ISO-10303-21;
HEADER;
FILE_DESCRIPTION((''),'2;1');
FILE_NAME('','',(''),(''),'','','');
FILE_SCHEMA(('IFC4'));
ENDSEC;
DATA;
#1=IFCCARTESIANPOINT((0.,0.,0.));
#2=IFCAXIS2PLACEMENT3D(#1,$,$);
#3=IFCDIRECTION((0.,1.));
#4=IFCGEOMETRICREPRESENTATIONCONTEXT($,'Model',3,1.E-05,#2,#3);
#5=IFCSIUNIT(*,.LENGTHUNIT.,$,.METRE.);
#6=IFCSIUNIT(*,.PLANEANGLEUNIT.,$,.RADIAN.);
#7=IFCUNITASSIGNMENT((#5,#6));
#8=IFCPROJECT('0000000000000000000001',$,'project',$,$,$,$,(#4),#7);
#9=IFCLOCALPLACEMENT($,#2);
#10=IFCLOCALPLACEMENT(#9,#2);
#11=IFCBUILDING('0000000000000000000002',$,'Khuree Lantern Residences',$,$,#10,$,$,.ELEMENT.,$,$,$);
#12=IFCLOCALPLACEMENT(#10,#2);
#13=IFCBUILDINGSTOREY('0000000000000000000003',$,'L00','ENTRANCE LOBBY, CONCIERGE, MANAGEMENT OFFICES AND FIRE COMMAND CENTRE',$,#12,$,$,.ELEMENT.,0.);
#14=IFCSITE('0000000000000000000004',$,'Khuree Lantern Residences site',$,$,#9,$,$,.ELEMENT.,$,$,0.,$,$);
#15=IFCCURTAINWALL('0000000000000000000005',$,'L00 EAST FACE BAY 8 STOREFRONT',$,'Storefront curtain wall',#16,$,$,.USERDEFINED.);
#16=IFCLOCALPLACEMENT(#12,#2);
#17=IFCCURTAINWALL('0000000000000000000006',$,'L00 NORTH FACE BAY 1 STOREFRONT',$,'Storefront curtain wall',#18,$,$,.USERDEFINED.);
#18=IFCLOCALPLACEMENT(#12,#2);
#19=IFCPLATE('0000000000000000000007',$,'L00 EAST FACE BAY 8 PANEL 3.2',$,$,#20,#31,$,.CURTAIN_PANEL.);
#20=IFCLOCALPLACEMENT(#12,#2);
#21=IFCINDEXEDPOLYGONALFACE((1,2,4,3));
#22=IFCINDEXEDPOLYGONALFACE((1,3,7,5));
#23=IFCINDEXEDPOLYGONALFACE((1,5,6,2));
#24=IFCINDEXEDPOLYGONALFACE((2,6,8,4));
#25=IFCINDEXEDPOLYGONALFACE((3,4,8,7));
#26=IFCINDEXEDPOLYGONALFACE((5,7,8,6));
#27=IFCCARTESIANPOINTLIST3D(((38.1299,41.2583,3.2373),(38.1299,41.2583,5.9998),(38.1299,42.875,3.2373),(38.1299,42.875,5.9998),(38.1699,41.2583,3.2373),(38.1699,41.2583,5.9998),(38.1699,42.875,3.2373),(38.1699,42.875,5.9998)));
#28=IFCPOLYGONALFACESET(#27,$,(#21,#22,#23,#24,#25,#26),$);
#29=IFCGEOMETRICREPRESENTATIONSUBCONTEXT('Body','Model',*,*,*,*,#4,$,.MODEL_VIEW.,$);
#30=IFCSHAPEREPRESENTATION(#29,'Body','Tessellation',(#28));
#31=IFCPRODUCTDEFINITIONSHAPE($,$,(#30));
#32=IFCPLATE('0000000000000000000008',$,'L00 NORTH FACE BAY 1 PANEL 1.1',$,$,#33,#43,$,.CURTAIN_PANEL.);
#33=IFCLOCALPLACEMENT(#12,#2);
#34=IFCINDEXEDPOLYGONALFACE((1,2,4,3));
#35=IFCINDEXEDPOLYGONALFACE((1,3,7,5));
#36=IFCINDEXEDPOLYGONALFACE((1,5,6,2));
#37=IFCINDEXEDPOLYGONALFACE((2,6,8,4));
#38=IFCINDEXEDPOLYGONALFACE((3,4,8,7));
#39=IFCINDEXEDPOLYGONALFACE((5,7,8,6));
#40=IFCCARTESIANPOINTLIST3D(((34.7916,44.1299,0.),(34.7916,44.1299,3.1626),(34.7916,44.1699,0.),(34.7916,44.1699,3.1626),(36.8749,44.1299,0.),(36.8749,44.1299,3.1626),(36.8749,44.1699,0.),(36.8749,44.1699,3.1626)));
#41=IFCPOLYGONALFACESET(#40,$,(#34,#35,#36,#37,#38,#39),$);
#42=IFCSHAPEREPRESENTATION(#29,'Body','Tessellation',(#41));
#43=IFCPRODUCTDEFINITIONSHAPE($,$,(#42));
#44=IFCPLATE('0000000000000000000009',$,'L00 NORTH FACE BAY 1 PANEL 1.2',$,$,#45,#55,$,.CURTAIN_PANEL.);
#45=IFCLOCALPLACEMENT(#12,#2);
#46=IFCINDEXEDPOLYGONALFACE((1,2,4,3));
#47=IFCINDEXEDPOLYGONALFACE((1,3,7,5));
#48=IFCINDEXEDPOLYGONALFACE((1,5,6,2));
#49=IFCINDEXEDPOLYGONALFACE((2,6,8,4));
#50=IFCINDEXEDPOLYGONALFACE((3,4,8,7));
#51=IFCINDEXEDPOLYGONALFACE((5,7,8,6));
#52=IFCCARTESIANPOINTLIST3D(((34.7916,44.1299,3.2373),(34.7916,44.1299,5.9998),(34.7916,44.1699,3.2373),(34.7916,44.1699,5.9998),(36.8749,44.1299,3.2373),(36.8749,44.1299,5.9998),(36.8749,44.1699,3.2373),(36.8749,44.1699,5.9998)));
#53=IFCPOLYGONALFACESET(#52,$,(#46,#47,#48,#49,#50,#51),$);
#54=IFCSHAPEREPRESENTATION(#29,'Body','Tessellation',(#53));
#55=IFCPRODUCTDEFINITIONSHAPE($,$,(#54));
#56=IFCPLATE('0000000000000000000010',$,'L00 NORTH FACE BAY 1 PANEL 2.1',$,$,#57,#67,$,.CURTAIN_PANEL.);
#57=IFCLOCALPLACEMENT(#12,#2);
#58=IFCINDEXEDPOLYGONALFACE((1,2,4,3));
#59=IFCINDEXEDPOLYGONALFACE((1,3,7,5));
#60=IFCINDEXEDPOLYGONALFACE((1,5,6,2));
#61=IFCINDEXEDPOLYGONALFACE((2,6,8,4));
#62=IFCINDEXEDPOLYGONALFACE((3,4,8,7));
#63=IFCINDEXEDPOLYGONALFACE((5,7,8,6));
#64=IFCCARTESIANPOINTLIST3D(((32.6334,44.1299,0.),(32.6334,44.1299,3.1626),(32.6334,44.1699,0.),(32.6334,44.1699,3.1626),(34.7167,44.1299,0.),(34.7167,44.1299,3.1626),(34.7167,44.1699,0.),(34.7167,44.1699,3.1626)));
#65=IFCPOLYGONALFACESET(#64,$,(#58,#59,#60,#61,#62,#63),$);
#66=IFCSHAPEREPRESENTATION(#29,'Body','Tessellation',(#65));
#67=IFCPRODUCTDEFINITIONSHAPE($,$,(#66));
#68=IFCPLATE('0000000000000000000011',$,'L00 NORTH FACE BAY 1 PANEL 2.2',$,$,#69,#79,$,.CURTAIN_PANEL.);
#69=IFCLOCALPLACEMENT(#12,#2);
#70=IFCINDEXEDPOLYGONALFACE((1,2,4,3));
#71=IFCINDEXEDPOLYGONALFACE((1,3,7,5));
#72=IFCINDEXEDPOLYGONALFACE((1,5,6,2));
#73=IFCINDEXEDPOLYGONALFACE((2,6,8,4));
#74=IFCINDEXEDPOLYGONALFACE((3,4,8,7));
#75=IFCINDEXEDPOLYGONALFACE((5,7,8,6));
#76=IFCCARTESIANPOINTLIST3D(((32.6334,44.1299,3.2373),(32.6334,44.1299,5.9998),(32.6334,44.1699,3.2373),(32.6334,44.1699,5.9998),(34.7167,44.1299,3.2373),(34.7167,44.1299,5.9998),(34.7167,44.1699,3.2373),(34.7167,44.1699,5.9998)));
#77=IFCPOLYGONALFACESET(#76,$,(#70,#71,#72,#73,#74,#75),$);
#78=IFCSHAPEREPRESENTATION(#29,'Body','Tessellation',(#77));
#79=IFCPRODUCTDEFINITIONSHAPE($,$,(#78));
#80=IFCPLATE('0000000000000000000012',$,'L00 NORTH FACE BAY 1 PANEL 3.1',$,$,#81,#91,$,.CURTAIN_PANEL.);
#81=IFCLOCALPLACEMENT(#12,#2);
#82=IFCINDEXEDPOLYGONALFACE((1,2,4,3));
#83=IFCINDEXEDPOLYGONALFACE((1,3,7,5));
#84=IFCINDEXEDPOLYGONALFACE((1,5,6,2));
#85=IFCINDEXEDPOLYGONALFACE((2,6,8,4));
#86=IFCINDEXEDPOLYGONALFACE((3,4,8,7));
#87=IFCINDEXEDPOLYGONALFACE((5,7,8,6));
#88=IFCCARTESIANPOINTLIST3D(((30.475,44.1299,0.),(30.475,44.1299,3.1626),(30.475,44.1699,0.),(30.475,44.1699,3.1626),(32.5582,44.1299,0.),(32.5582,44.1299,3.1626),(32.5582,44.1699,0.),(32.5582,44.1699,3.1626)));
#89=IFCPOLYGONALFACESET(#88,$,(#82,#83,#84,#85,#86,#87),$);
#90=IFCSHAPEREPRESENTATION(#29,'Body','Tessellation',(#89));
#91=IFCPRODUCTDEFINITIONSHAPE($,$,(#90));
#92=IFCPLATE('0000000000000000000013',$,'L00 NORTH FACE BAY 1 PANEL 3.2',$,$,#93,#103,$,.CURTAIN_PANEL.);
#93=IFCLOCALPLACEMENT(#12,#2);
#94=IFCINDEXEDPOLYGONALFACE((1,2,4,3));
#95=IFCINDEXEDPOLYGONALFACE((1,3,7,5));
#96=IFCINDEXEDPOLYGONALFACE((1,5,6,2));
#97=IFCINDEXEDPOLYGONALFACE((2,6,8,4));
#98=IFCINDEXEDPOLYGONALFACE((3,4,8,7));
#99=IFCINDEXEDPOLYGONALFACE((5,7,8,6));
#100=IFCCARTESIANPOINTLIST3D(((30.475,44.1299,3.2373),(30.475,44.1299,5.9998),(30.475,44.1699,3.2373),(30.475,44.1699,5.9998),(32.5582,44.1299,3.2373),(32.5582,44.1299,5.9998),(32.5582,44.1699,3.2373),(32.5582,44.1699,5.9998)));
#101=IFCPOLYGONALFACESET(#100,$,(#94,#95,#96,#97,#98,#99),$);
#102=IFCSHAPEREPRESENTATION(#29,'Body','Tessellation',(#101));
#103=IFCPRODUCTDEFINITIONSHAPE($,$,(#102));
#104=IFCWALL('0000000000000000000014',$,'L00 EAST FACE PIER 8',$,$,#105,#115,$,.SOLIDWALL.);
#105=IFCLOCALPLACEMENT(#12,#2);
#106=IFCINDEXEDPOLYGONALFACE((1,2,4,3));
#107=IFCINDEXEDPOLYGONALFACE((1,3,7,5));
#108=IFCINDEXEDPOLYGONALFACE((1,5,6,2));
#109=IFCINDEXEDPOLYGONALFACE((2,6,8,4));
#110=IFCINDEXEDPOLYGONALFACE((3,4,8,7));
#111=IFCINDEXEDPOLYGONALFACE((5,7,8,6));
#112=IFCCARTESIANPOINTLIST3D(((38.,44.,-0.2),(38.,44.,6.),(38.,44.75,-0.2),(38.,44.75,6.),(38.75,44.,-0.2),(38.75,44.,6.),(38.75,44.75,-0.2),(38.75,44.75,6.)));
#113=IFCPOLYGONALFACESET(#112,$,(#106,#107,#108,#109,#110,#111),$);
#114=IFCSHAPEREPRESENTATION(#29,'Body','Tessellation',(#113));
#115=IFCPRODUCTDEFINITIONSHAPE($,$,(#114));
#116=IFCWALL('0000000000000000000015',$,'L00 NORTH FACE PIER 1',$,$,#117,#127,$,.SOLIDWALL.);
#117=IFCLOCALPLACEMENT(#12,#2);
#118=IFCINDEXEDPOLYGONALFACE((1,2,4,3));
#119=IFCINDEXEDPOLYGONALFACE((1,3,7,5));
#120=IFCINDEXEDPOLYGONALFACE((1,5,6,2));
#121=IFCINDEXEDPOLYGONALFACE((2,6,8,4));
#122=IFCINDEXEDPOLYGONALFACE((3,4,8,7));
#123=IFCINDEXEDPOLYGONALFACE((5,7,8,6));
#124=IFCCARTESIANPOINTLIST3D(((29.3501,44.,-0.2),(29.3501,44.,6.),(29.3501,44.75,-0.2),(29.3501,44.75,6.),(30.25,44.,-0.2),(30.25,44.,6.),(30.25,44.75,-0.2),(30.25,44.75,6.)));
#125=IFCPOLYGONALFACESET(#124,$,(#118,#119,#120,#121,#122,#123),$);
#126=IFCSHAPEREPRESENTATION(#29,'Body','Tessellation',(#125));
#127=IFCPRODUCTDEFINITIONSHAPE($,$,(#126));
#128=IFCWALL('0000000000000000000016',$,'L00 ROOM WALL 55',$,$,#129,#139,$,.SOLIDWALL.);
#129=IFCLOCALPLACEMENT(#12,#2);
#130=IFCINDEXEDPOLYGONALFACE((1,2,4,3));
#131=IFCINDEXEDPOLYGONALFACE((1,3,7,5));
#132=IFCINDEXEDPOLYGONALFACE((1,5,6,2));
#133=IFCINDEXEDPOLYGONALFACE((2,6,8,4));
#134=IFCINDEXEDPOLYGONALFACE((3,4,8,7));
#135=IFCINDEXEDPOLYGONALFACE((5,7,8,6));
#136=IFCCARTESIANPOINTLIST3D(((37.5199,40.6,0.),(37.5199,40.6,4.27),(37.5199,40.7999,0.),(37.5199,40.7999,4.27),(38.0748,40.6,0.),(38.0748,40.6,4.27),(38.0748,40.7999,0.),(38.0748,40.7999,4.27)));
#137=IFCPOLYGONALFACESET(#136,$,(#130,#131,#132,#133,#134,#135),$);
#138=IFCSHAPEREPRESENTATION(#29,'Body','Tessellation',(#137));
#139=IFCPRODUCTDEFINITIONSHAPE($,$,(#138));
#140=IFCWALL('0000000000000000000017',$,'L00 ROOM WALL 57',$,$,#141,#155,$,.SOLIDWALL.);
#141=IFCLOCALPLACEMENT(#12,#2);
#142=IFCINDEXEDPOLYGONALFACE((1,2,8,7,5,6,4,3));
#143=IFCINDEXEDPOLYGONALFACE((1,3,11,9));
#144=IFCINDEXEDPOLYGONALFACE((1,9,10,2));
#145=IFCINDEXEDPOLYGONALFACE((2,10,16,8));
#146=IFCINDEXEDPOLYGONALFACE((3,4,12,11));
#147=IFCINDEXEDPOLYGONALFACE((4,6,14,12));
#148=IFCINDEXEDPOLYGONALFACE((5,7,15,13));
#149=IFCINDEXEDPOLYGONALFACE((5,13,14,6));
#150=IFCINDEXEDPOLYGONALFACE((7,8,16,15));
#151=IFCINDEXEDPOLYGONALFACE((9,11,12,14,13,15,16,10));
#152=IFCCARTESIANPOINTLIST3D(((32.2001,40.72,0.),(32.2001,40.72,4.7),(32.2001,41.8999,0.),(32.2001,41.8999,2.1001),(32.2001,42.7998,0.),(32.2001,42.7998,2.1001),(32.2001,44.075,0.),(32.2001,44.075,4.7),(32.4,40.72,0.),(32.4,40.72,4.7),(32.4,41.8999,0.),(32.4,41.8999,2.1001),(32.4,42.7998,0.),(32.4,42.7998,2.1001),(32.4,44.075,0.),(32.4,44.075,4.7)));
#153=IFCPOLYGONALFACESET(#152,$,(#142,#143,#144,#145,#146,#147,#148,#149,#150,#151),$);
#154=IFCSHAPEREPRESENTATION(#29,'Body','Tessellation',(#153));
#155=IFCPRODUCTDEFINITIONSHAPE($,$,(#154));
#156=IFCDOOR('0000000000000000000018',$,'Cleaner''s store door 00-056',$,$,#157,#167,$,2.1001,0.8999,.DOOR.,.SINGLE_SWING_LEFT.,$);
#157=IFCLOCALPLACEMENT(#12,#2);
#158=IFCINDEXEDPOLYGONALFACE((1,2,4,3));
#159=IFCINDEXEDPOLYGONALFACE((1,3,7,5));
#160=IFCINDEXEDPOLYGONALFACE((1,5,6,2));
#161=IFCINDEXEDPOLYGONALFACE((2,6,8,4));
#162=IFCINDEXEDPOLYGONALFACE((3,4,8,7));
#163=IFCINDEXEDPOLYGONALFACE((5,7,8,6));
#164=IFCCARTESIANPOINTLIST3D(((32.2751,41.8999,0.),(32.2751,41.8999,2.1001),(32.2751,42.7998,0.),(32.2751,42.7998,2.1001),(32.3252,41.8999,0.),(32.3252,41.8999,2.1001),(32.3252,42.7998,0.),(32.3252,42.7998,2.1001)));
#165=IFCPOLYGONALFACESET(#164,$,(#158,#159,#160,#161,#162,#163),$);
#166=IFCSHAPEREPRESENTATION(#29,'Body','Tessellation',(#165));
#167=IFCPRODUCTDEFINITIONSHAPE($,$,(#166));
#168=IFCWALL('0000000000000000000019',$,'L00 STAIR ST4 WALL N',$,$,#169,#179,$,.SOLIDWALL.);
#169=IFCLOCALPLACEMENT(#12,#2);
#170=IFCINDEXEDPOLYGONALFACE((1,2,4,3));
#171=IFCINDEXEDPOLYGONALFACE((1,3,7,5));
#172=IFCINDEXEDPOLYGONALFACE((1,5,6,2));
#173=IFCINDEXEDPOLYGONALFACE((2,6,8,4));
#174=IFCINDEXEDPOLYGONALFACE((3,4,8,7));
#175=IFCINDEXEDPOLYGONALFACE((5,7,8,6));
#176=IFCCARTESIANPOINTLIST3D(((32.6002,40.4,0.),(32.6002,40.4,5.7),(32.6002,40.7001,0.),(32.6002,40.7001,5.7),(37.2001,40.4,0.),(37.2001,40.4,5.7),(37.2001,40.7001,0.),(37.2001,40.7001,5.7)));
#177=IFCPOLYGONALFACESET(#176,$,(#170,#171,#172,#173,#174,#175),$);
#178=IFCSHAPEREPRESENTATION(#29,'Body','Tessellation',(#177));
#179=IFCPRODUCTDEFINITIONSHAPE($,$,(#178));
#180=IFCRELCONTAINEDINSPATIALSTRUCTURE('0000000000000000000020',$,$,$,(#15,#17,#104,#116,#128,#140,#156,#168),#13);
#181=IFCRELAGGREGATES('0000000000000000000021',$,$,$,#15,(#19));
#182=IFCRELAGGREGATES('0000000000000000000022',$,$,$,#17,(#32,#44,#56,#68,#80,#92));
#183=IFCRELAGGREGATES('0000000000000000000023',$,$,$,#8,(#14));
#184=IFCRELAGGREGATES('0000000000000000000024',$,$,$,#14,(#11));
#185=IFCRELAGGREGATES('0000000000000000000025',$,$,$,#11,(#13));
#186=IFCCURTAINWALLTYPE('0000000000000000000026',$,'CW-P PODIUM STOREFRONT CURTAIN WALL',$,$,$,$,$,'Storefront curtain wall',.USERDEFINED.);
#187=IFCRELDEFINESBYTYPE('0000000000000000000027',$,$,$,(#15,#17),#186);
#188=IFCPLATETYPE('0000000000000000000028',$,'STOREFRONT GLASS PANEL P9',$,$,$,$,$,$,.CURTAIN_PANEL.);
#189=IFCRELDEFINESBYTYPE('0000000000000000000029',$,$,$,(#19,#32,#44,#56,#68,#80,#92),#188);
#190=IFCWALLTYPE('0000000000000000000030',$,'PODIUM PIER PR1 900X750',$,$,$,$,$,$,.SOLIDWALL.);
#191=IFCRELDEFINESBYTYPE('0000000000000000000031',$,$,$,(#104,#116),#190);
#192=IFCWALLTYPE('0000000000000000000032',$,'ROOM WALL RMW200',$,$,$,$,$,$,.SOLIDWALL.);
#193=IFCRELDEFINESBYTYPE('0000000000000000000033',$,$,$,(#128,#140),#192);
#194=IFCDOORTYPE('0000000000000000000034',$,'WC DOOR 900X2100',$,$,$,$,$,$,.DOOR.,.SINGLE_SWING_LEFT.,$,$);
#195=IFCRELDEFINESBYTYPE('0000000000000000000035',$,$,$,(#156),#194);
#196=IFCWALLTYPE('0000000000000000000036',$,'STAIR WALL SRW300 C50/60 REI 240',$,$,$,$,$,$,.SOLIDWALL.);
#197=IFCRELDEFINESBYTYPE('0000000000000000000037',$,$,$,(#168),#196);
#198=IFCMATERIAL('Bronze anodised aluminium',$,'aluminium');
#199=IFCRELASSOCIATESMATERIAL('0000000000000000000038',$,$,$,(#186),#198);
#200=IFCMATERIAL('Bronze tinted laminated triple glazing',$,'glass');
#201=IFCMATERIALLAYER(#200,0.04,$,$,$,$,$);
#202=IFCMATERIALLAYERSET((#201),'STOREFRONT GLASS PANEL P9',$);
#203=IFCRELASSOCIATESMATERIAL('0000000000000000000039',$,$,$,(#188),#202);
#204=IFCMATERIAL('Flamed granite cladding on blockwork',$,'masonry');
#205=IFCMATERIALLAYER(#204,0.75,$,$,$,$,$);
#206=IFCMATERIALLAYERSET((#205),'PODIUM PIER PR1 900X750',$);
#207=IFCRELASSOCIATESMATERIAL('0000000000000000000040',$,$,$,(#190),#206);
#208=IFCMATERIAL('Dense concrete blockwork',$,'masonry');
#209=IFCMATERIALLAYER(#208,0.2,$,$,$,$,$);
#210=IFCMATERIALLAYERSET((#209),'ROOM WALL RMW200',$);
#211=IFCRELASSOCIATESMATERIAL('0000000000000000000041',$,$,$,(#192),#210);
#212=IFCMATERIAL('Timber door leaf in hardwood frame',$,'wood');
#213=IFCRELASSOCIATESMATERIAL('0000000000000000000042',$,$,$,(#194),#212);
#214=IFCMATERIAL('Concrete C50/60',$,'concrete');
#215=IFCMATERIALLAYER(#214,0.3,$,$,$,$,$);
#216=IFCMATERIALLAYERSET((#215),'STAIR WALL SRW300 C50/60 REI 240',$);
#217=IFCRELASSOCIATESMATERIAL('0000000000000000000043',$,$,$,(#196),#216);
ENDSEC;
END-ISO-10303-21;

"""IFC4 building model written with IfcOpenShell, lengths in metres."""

from ifc_helpers import new_model, si_unit, direction, frame, frame_2d, origin, origin_2d, place, context, subcontext, project, spatial, rectangle, extrude, material, layer, layer_set, type_object, element, fill, aggregate, save


model = new_model("IFC4")

# Units and contexts
model_context = context("Model", 3, precision=1e-05, world=origin(), true_north=direction((0.0, 1.0)))
body_context = subcontext(model_context, "Body", "Model", "MODEL_VIEW")
ifc_project = project(units=[si_unit("LENGTHUNIT", "METRE"), si_unit("PLANEANGLEUNIT", "RADIAN")], contexts=[model_context])

# Site, building, storey
site_placement = place(None, origin())
site = spatial("IfcSite", under=ifc_project, at=site_placement, Name="Khuree Lantern Residences site", CompositionType="ELEMENT", RefElevation=0.0)
building_placement = place(site_placement, origin())
building = spatial("IfcBuilding", under=site, at=building_placement, Name="Khuree Lantern Residences", CompositionType="ELEMENT")
storey_placement = place(building_placement, origin())
storey = spatial("IfcBuildingStorey", under=building, at=storey_placement, Name="L00", Description="ENTRANCE LOBBY, CONCIERGE, MANAGEMENT OFFICES AND FIRE COMMAND CENTRE", CompositionType="ELEMENT", Elevation=0.0)

# Curtain walls
ifc_material_1 = material(Name="Bronze anodised aluminium", Category="aluminium")
curtain_wall_type = type_object("IfcCurtainWallType", Name="CW-P PODIUM STOREFRONT CURTAIN WALL", ElementType="Storefront curtain wall", PredefinedType="USERDEFINED", material=ifc_material_1)
curtain_wall_1_placement = place(storey_placement, origin())
curtain_wall_1 = element("IfcCurtainWall", 1, at=curtain_wall_1_placement, inside=storey, type_object=curtain_wall_type, Name="L00 EAST FACE BAY 8 STOREFRONT", ObjectType="Storefront curtain wall", PredefinedType="USERDEFINED")
curtain_wall_2_placement = place(storey_placement, origin())
curtain_wall_2 = element("IfcCurtainWall", 2, at=curtain_wall_2_placement, inside=storey, type_object=curtain_wall_type, Name="L00 NORTH FACE BAY 1 STOREFRONT", ObjectType="Storefront curtain wall", PredefinedType="USERDEFINED")

# Plates
ifc_material_2 = material(Name="Bronze tinted laminated triple glazing", Category="glass")
ifc_layer_1 = layer(ifc_material_2, 0.04)
ifc_layer_set_1 = layer_set([ifc_layer_1], Name="STOREFRONT GLASS PANEL P9")
plate_type = type_object("IfcPlateType", Name="STOREFRONT GLASS PANEL P9", PredefinedType="CURTAIN_PANEL", material=ifc_layer_set_1)
plate_1_placement = place(storey_placement, frame((38.1499, 42.0667, 3.2373), z_axis=(0.0, 0.0, 1.0), x_axis=(0.0, 1.0, 0.0)))
plate_1 = element("IfcPlate", 3, at=plate_1_placement, type_object=plate_type, Name="L00 EAST FACE BAY 8 PANEL 3.2", PredefinedType="CURTAIN_PANEL", context=body_context, shape_type="SweptSolid", body=[
    extrude(rectangle(XDim=1.6167, YDim=0.04, at=origin_2d()), origin(), (0.0, 0.0, 1.0), 2.7625),
])
aggregate(curtain_wall_1, [plate_1])
plate_2_placement = place(storey_placement, frame((35.8333, 44.1499, 0.0), z_axis=(0.0, 0.0, 1.0), x_axis=(-1.0, 0.0, 0.0)))
plate_2 = element("IfcPlate", 4, at=plate_2_placement, type_object=plate_type, Name="L00 NORTH FACE BAY 1 PANEL 1.1", PredefinedType="CURTAIN_PANEL", context=body_context, shape_type="SweptSolid", body=[
    extrude(rectangle(XDim=2.0833, YDim=0.04, at=origin_2d()), origin(), (0.0, 0.0, 1.0), 3.1626),
])
plate_3_placement = place(storey_placement, frame((35.8333, 44.1499, 3.2373), z_axis=(0.0, 0.0, 1.0), x_axis=(-1.0, 0.0, 0.0)))
plate_3 = element("IfcPlate", 5, at=plate_3_placement, type_object=plate_type, Name="L00 NORTH FACE BAY 1 PANEL 1.2", PredefinedType="CURTAIN_PANEL", context=body_context, shape_type="SweptSolid", body=[
    extrude(rectangle(XDim=2.0833, YDim=0.04, at=origin_2d()), origin(), (0.0, 0.0, 1.0), 2.7625),
])
plate_4_placement = place(storey_placement, frame((33.675, 44.1499, 0.0), z_axis=(0.0, 0.0, 1.0), x_axis=(-1.0, 0.0, 0.0)))
plate_4 = element("IfcPlate", 6, at=plate_4_placement, type_object=plate_type, Name="L00 NORTH FACE BAY 1 PANEL 2.1", PredefinedType="CURTAIN_PANEL", context=body_context, shape_type="SweptSolid", body=[
    extrude(rectangle(XDim=2.0833, YDim=0.04, at=origin_2d()), origin(), (0.0, 0.0, 1.0), 3.1626),
])
plate_5_placement = place(storey_placement, frame((33.675, 44.1499, 3.2373), z_axis=(0.0, 0.0, 1.0), x_axis=(-1.0, 0.0, 0.0)))
plate_5 = element("IfcPlate", 7, at=plate_5_placement, type_object=plate_type, Name="L00 NORTH FACE BAY 1 PANEL 2.2", PredefinedType="CURTAIN_PANEL", context=body_context, shape_type="SweptSolid", body=[
    extrude(rectangle(XDim=2.0833, YDim=0.04, at=origin_2d()), origin(), (0.0, 0.0, 1.0), 2.7625),
])
plate_6_placement = place(storey_placement, frame((31.5166, 44.1499, 0.0), z_axis=(0.0, 0.0, 1.0), x_axis=(-1.0, 0.0, 0.0)))
plate_6 = element("IfcPlate", 8, at=plate_6_placement, type_object=plate_type, Name="L00 NORTH FACE BAY 1 PANEL 3.1", PredefinedType="CURTAIN_PANEL", context=body_context, shape_type="SweptSolid", body=[
    extrude(rectangle(XDim=2.0833, YDim=0.04, at=origin_2d()), origin(), (0.0, 0.0, 1.0), 3.1626),
])
plate_7_placement = place(storey_placement, frame((31.5166, 44.1499, 3.2373), z_axis=(0.0, 0.0, 1.0), x_axis=(-1.0, 0.0, 0.0)))
plate_7 = element("IfcPlate", 9, at=plate_7_placement, type_object=plate_type, Name="L00 NORTH FACE BAY 1 PANEL 3.2", PredefinedType="CURTAIN_PANEL", context=body_context, shape_type="SweptSolid", body=[
    extrude(rectangle(XDim=2.0833, YDim=0.04, at=origin_2d()), origin(), (0.0, 0.0, 1.0), 2.7625),
])
aggregate(curtain_wall_2, [plate_2, plate_3, plate_4, plate_5, plate_6, plate_7])

# Walls
ifc_material_3 = material(Name="Flamed granite cladding on blockwork", Category="masonry")
ifc_layer_2 = layer(ifc_material_3, 0.75)
ifc_layer_set_2 = layer_set([ifc_layer_2], Name="PODIUM PIER PR1 900X750")
wall_type_1 = type_object("IfcWallType", Name="PODIUM PIER PR1 900X750", PredefinedType="SOLIDWALL", material=ifc_layer_set_2)
wall_1_placement = place(storey_placement, frame((38.375, 44.0, -0.2), z_axis=(0.0, 0.0, 1.0), x_axis=(0.0, 1.0, 0.0)))
element("IfcWall", 10, at=wall_1_placement, inside=storey, type_object=wall_type_1, Name="L00 EAST FACE PIER 8", PredefinedType="SOLIDWALL", context=body_context, shape_type="SweptSolid", body=[
    extrude(rectangle(XDim=0.75, YDim=0.75, at=frame_2d((0.375, 0.0))), origin(), (0.0, 0.0, 1.0), 6.2),
])
wall_2_placement = place(storey_placement, frame((30.25, 44.375, -0.2), z_axis=(0.0, 0.0, 1.0), x_axis=(-1.0, 0.0, 0.0)))
element("IfcWall", 11, at=wall_2_placement, inside=storey, type_object=wall_type_1, Name="L00 NORTH FACE PIER 1", PredefinedType="SOLIDWALL", context=body_context, shape_type="SweptSolid", body=[
    extrude(rectangle(XDim=0.8999, YDim=0.75, at=frame_2d((0.45, 0.0))), origin(), (0.0, 0.0, 1.0), 6.2),
])
ifc_material_4 = material(Name="Dense concrete blockwork", Category="masonry")
ifc_layer_3 = layer(ifc_material_4, 0.2)
ifc_layer_set_3 = layer_set([ifc_layer_3], Name="ROOM WALL RMW200")
wall_type_2 = type_object("IfcWallType", Name="ROOM WALL RMW200", PredefinedType="SOLIDWALL", material=ifc_layer_set_3)
wall_3_placement = place(storey_placement, frame((37.52, 40.7, 0.0), z_axis=(0.0, 0.0, 1.0), x_axis=(1.0, 0.0, 0.0)))
element("IfcWall", 12, at=wall_3_placement, inside=storey, type_object=wall_type_2, Name="L00 ROOM WALL 55", PredefinedType="SOLIDWALL", context=body_context, shape_type="SweptSolid", body=[
    extrude(rectangle(XDim=0.5549, YDim=0.2, at=frame_2d((0.2773, 0.0))), origin(), (0.0, 0.0, 1.0), 4.27),
])

# Wall, opening, door
wall_4_placement = place(storey_placement, frame((32.3, 40.72, 0.0), z_axis=(0.0, 0.0, 1.0), x_axis=(0.0, 1.0, 0.0)))
wall_4 = element("IfcWall", 13, at=wall_4_placement, inside=storey, type_object=wall_type_2, Name="L00 ROOM WALL 57", PredefinedType="SOLIDWALL", context=body_context, shape_type="SweptSolid", body=[
    extrude(rectangle(XDim=3.355, YDim=0.2, at=frame_2d((1.6775, 0.0))), origin(), (0.0, 0.0, 1.0), 4.7),
])
opening_placement = place(wall_4_placement, frame((1.1799, 0.0, 0.0)))
opening = element("IfcOpeningElement", 14, at=opening_placement, cuts=wall_4, PredefinedType="OPENING", context=body_context, shape_type="SweptSolid", body=[
    extrude(rectangle(XDim=0.8999, YDim=2.1001, at=frame_2d((0.45, 1.05))), frame((0.0, 0.1099, 0.0), z_axis=(0.0, -1.0, 0.0), x_axis=(1.0, 0.0, 0.0)), (0.0, 0.0, 1.0), 0.22),
])
ifc_material_5 = material(Name="Timber door leaf in hardwood frame", Category="wood")
door_type = type_object("IfcDoorType", Name="WC DOOR 900X2100", OperationType="SINGLE_SWING_LEFT", PredefinedType="DOOR", material=ifc_material_5)
door_placement = place(opening_placement, origin())
door = element("IfcDoor", 15, at=door_placement, inside=storey, type_object=door_type, Name="Cleaner's store door 00-056", OperationType="SINGLE_SWING_LEFT", OverallHeight=2.1001, OverallWidth=0.8999, PredefinedType="DOOR", context=body_context, shape_type="SweptSolid", body=[
    extrude(rectangle(XDim=0.8999, YDim=2.1001, at=frame_2d((0.45, 1.05))), frame((0.0, 0.0249, 0.0), z_axis=(0.0, -1.0, 0.0), x_axis=(1.0, 0.0, 0.0)), (0.0, 0.0, 1.0), 0.05),
])
fill(opening, door)

# Wall
ifc_material_6 = material(Name="Concrete C50/60", Category="concrete")
ifc_layer_4 = layer(ifc_material_6, 0.3)
ifc_layer_set_4 = layer_set([ifc_layer_4], Name="STAIR WALL SRW300 C50/60 REI 240")
wall_type_3 = type_object("IfcWallType", Name="STAIR WALL SRW300 C50/60 REI 240", PredefinedType="SOLIDWALL", material=ifc_layer_set_4)
wall_5_placement = place(storey_placement, frame((37.2, 40.55, 0.0), z_axis=(0.0, 0.0, 1.0), x_axis=(-1.0, 0.0, 0.0)))
element("IfcWall", 16, at=wall_5_placement, inside=storey, type_object=wall_type_3, Name="L00 STAIR ST4 WALL N", PredefinedType="SOLIDWALL", context=body_context, shape_type="SweptSolid", body=[
    extrude(rectangle(XDim=4.5999, YDim=0.3, at=frame_2d((2.2998, 0.0))), origin(), (0.0, 0.0, 1.0), 5.7),
])

save(model, "model.ifc")
